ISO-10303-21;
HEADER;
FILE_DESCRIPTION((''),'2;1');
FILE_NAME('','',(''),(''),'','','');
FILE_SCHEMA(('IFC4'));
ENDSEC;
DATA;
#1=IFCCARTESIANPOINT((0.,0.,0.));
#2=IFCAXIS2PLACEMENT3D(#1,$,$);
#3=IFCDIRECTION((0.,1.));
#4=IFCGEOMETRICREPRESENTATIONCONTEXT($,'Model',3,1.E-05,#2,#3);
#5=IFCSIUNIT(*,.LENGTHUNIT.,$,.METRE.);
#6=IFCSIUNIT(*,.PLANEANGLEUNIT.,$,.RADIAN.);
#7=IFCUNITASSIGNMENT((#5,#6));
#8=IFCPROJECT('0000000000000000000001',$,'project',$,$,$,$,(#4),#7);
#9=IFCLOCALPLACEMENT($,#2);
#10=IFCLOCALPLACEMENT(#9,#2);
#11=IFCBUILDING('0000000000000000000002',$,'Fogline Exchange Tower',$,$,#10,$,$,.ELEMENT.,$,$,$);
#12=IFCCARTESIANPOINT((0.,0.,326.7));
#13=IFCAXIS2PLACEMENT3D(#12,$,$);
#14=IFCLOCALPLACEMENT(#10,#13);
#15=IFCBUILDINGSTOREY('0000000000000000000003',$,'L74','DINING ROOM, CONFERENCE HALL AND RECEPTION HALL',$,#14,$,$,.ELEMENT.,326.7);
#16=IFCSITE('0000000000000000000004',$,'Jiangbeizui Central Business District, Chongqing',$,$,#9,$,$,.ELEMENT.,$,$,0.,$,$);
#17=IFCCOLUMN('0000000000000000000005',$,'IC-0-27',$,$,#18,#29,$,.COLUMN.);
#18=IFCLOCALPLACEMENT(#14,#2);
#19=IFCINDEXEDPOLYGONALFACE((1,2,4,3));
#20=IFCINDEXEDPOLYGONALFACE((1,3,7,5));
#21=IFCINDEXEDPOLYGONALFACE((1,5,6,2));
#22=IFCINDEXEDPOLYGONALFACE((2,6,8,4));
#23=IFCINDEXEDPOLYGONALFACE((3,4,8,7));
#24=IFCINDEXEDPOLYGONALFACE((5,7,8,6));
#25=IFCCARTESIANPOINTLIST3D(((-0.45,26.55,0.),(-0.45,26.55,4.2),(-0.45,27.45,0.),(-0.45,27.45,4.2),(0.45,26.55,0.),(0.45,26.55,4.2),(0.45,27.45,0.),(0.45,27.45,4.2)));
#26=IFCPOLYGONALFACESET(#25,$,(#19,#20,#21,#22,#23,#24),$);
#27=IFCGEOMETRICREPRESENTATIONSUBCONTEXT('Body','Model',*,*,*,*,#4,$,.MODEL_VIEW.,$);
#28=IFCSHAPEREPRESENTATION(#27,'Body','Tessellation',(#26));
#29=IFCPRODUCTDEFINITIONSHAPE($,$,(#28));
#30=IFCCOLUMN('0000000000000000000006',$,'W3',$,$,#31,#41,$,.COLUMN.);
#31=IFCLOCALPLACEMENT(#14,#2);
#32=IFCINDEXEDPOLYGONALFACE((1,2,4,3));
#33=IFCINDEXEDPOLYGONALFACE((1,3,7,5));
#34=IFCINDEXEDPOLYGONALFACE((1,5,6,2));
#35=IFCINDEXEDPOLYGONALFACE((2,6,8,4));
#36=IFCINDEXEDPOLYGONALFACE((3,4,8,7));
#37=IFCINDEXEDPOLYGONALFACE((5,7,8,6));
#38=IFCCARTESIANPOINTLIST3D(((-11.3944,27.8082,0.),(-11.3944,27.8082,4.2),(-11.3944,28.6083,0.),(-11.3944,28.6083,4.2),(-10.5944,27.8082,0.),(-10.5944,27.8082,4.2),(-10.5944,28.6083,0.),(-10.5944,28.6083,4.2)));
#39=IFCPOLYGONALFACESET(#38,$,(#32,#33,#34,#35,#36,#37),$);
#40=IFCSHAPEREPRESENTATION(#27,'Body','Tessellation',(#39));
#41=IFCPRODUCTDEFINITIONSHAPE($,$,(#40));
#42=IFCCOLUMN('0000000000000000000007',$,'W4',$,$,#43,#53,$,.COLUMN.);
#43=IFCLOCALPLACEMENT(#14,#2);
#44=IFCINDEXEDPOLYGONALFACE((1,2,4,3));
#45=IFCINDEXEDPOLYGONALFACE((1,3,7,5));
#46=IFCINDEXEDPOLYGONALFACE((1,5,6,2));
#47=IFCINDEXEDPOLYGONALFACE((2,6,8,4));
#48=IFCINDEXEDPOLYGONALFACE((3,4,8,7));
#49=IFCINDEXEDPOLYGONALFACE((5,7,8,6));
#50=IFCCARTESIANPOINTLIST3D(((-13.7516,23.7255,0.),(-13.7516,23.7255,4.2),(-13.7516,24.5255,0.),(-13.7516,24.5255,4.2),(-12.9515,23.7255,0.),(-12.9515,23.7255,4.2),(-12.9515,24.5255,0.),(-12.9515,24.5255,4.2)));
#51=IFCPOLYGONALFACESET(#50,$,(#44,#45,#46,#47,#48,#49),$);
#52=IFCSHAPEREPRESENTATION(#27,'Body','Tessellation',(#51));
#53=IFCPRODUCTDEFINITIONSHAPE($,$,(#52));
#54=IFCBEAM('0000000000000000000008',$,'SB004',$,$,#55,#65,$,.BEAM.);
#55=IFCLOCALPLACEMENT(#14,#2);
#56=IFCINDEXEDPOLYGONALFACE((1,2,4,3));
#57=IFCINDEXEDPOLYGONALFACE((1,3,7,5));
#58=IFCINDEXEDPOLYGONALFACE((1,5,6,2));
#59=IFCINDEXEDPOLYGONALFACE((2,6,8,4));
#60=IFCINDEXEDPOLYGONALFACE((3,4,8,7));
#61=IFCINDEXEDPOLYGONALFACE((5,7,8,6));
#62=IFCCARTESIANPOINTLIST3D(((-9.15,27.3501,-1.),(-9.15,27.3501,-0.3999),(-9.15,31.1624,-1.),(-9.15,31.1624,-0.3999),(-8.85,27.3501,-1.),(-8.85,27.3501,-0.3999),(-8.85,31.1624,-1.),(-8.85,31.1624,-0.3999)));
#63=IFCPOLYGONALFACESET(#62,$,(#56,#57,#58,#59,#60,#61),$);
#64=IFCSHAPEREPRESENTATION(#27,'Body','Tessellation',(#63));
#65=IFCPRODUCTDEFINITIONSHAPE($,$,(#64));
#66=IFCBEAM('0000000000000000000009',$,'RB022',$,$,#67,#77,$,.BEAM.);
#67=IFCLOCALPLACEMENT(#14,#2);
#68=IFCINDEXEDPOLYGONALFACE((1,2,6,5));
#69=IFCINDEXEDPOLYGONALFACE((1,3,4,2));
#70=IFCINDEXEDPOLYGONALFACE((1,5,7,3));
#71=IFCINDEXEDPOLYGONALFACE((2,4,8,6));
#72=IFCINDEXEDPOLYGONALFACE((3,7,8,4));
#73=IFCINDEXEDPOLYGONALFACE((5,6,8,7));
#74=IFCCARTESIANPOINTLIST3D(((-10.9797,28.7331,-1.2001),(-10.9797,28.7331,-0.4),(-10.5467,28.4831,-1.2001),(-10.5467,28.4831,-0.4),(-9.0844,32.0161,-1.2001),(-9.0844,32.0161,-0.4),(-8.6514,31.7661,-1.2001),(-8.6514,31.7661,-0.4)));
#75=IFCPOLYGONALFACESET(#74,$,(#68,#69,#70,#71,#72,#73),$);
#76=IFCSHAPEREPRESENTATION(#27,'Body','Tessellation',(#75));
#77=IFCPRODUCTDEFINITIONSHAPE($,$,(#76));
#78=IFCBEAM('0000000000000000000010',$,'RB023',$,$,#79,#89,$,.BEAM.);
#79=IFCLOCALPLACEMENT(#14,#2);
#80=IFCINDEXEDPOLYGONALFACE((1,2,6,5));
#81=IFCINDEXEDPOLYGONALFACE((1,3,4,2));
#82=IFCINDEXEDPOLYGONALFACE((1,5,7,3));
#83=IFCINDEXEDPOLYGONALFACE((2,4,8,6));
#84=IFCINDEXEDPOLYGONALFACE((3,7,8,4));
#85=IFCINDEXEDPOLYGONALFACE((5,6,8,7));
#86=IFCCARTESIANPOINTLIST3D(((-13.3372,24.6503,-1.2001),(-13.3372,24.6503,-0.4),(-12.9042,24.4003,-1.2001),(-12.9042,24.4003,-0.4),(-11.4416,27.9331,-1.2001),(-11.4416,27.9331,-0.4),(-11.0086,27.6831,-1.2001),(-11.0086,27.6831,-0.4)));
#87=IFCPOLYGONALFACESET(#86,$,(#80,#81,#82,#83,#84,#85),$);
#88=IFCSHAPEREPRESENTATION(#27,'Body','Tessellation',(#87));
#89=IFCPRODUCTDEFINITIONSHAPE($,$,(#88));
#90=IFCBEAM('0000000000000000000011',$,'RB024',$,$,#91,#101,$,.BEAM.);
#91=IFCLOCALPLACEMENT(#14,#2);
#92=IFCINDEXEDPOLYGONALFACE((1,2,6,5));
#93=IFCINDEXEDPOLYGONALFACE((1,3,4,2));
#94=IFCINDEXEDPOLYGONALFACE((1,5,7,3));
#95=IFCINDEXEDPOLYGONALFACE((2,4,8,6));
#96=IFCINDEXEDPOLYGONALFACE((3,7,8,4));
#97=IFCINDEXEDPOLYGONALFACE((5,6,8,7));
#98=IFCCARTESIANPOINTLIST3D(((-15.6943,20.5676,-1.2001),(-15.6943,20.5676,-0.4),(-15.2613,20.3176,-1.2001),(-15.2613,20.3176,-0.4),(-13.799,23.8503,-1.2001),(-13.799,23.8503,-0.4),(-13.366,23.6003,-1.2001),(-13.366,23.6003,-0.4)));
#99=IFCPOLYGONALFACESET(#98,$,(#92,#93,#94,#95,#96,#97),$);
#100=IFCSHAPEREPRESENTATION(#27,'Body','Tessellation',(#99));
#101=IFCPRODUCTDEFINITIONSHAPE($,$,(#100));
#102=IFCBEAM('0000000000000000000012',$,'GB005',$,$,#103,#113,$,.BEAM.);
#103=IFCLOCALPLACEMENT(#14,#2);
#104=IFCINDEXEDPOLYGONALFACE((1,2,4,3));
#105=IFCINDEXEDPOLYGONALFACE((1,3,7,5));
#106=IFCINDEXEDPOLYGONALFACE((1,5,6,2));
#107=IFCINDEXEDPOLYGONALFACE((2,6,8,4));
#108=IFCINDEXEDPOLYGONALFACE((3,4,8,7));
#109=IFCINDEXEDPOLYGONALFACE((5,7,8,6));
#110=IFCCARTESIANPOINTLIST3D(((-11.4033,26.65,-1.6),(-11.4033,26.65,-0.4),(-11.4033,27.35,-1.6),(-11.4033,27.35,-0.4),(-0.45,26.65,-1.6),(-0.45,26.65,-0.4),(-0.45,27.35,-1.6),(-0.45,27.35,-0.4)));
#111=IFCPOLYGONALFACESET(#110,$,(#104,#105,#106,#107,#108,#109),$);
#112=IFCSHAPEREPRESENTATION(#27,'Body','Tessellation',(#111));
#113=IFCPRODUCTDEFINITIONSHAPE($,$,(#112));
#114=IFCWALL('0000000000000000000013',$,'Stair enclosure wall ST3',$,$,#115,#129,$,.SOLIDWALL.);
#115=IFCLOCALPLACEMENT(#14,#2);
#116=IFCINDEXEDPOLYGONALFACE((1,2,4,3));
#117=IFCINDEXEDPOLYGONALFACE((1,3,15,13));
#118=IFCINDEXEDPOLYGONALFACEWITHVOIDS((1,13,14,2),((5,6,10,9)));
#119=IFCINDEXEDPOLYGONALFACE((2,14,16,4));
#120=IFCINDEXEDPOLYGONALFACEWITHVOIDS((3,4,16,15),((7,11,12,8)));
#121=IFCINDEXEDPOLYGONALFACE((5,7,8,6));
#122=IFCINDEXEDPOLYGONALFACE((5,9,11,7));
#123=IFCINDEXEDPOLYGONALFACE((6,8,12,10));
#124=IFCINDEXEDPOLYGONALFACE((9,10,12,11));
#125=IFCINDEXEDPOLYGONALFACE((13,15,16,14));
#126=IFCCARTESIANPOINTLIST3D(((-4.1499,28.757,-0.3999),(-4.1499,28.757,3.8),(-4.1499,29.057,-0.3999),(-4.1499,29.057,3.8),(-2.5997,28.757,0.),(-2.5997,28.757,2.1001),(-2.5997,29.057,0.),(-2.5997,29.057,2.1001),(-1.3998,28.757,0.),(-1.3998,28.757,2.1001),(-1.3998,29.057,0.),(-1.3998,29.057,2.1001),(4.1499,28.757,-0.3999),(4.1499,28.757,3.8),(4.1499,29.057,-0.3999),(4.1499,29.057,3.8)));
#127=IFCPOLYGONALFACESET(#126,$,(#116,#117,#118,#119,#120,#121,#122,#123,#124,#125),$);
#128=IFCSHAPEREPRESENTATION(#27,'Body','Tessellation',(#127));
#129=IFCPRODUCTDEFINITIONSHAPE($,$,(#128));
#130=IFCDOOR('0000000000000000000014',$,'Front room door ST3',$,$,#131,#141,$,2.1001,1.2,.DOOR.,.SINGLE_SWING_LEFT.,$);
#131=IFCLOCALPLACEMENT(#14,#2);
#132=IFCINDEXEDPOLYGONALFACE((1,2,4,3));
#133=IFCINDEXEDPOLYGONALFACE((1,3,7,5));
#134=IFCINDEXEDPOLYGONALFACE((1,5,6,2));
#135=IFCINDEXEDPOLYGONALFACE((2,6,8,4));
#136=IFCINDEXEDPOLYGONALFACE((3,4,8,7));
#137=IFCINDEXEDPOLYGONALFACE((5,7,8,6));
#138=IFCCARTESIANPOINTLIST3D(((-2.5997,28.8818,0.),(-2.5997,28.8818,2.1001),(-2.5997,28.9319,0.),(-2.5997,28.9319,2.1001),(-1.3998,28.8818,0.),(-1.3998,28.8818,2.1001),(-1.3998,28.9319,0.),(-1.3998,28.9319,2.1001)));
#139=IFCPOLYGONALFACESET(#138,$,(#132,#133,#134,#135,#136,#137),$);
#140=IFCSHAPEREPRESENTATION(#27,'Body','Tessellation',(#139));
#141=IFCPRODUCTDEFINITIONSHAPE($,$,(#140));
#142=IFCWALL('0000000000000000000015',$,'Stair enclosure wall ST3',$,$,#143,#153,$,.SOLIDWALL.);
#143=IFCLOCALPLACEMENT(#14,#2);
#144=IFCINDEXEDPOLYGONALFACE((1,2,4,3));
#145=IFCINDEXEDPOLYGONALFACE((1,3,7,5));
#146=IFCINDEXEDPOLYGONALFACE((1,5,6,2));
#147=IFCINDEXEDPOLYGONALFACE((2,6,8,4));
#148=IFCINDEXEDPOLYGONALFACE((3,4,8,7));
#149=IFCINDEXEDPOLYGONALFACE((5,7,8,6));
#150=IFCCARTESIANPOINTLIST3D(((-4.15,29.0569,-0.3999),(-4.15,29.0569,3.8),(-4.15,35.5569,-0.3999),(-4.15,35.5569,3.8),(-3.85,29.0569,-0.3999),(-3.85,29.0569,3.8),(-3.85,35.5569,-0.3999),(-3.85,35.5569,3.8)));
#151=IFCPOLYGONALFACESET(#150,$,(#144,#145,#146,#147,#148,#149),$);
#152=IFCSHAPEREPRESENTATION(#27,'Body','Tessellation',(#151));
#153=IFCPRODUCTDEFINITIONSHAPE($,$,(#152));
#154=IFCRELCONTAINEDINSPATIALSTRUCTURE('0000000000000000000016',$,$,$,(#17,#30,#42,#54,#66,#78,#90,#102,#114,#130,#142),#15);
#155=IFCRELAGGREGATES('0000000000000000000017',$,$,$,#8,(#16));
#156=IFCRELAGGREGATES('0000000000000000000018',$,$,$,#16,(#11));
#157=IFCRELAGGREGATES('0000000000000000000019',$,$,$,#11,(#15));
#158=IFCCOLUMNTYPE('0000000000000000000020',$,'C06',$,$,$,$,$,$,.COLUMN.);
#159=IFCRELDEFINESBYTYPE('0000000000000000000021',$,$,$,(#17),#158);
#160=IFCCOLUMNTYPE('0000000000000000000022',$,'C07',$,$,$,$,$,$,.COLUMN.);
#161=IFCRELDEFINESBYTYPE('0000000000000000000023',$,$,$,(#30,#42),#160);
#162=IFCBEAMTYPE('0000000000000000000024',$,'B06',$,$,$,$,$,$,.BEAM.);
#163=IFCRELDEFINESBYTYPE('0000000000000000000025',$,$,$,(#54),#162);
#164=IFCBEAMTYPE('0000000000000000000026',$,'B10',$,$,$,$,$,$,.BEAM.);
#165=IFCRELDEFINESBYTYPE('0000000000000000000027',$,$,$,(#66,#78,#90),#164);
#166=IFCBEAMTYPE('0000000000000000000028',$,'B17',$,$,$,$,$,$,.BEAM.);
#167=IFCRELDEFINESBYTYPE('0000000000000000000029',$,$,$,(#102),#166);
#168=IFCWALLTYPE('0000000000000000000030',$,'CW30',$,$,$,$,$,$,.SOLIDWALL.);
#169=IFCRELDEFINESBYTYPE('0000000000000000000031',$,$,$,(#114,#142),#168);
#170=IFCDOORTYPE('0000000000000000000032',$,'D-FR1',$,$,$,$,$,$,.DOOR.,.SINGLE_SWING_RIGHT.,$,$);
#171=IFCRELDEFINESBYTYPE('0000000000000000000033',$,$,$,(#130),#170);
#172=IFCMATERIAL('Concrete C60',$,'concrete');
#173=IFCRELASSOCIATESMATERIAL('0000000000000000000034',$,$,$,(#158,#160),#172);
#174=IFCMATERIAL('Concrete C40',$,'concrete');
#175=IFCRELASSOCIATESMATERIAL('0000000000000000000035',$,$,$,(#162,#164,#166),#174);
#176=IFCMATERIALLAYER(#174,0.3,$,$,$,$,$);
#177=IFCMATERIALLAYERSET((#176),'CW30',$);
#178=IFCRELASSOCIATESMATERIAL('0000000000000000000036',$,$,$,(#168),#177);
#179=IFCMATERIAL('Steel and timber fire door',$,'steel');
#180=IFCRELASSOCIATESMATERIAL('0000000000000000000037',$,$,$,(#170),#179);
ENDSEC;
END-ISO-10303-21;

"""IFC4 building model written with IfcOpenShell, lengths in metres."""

from ifc_helpers import new_model, si_unit, direction, frame, frame_2d, origin, origin_2d, place, context, subcontext, project, spatial, rectangle, extrude, material, layer, layer_set, material_profile, profile_set, type_object, element, fill, save


model = new_model("IFC4")

# Units and contexts
model_context = context("Model", 3, precision=1e-05, world=origin(), true_north=direction((0.0, 1.0)))
body_context = subcontext(model_context, "Body", "Model", "MODEL_VIEW")
ifc_project = project(units=[si_unit("LENGTHUNIT", "METRE"), si_unit("PLANEANGLEUNIT", "RADIAN")], contexts=[model_context])

# Site, building, storey
site_placement = place(None, origin())
site = spatial("IfcSite", under=ifc_project, at=site_placement, Name="Jiangbeizui Central Business District, Chongqing", CompositionType="ELEMENT", RefElevation=0.0)
building_placement = place(site_placement, origin())
building = spatial("IfcBuilding", under=site, at=building_placement, Name="Fogline Exchange Tower", CompositionType="ELEMENT")
storey_placement = place(building_placement, frame((0.0, 0.0, 326.7)))
storey = spatial("IfcBuildingStorey", under=building, at=storey_placement, Name="L74", Description="DINING ROOM, CONFERENCE HALL AND RECEPTION HALL", CompositionType="ELEMENT", Elevation=326.7)

# Columns
ifc_material_1 = material(Name="Concrete C60", Category="concrete")
ifc_material_profile_1 = material_profile(ifc_material_1, rectangle(XDim=0.8999, YDim=0.8999, at=origin_2d()), Name="RC 900x900")
ifc_profile_set_1 = profile_set([ifc_material_profile_1], Name="Concrete C60")
column_type_1 = type_object("IfcColumnType", Name="C06", PredefinedType="COLUMN", material=ifc_profile_set_1)
column_placement = place(storey_placement, frame((0.0, 27.0, 0.0), z_axis=(0.0, 0.0, 1.0), x_axis=(1.0, 0.0, 0.0)))
element("IfcColumn", 1, at=column_placement, inside=storey, type_object=column_type_1, Name="IC-0-27", PredefinedType="COLUMN", context=body_context, shape_type="SweptSolid", body=[
    extrude(rectangle(XDim=0.8999, YDim=0.8999, at=origin_2d()), origin(), (0.0, 0.0, 1.0), 4.2),
])
ifc_material_profile_2 = material_profile(ifc_material_1, rectangle(XDim=0.8, YDim=0.8, at=origin_2d()), Name="RC 800x800")
ifc_profile_set_2 = profile_set([ifc_material_profile_2], Name="Concrete C60")
column_type_2 = type_object("IfcColumnType", Name="C07", PredefinedType="COLUMN", material=ifc_profile_set_2)
for number, where, z_axis, x_axis, name in (
    (2, (-10.9944, 28.2083, 0.0), (0.0, 0.0, 1.0), (1.0, 0.0, 0.0), "W3"),
    (3, (-13.3516, 24.1255, 0.0), (0.0, 0.0, 1.0), (1.0, 0.0, 0.0), "W4"),
):
    element("IfcColumn", number, at=place(storey_placement, frame(where, z_axis=z_axis, x_axis=x_axis)), inside=storey, type_object=column_type_2, Name=name, PredefinedType="COLUMN", context=body_context, shape_type="SweptSolid", body=[
        extrude(rectangle(XDim=0.8, YDim=0.8, at=origin_2d()), origin(), (0.0, 0.0, 1.0), 4.2),
    ])

# Beams
ifc_material_2 = material(Name="Concrete C40", Category="concrete")
ifc_material_profile_3 = material_profile(ifc_material_2, rectangle(XDim=0.3, YDim=0.6001, at=origin_2d()), Name="RC 300x600")
ifc_profile_set_3 = profile_set([ifc_material_profile_3], Name="Concrete C40")
beam_type_1 = type_object("IfcBeamType", Name="B06", PredefinedType="BEAM", material=ifc_profile_set_3)
beam_1_placement = place(storey_placement, frame((-9.0, 27.3501, -0.7), z_axis=(0.0, 1.0, 0.0), x_axis=(-1.0, 0.0, 0.0)))
element("IfcBeam", 4, at=beam_1_placement, inside=storey, type_object=beam_type_1, Name="SB004", PredefinedType="BEAM", context=body_context, shape_type="SweptSolid", body=[
    extrude(rectangle(XDim=0.3, YDim=0.6001, at=origin_2d()), origin(), (0.0, 0.0, 1.0), 3.8123),
])
ifc_material_profile_4 = material_profile(ifc_material_2, rectangle(XDim=0.5, YDim=0.8, at=origin_2d()), Name="RC 500x800")
ifc_profile_set_4 = profile_set([ifc_material_profile_4], Name="Concrete C40")
beam_type_2 = type_object("IfcBeamType", Name="B10", PredefinedType="BEAM", material=ifc_profile_set_4)
for number, where, z_axis, x_axis, name in (
    (5, (-8.8679, 31.8911, -0.8), (-0.49997, -0.866043, 0.0), (0.866043, -0.49997, 0.0), "RB022"),
    (6, (-11.2251, 27.8081, -0.8), (-0.500046, -0.865999, 0.0), (0.865999, -0.500046, 0.0), "RB023"),
):
    element("IfcBeam", number, at=place(storey_placement, frame(where, z_axis=z_axis, x_axis=x_axis)), inside=storey, type_object=beam_type_2, Name=name, PredefinedType="BEAM", context=body_context, shape_type="SweptSolid", body=[
        extrude(rectangle(XDim=0.5, YDim=0.8, at=origin_2d()), origin(), (0.0, 0.0, 1.0), 3.7908),
    ])
beam_2_placement = place(storey_placement, frame((-13.5825, 23.7253, -0.8), z_axis=(-0.499998, -0.866027, 0.0), x_axis=(0.866027, -0.499998, 0.0)))
element("IfcBeam", 7, at=beam_2_placement, inside=storey, type_object=beam_type_2, Name="RB024", PredefinedType="BEAM", context=body_context, shape_type="SweptSolid", body=[
    extrude(rectangle(XDim=0.5, YDim=0.8, at=origin_2d()), origin(), (0.0, 0.0, 1.0), 3.7905),
])
ifc_material_profile_5 = material_profile(ifc_material_2, rectangle(XDim=0.7, YDim=1.2, at=origin_2d()), Name="RC 700x1200")
ifc_profile_set_5 = profile_set([ifc_material_profile_5], Name="Concrete C40")
beam_type_3 = type_object("IfcBeamType", Name="B17", PredefinedType="BEAM", material=ifc_profile_set_5)
beam_3_placement = place(storey_placement, frame((-11.4033, 27.0, -1.0), z_axis=(1.0, 0.0, 0.0), x_axis=(0.0, 1.0, 0.0)))
element("IfcBeam", 8, at=beam_3_placement, inside=storey, type_object=beam_type_3, Name="GB005", PredefinedType="BEAM", context=body_context, shape_type="SweptSolid", body=[
    extrude(rectangle(XDim=0.7, YDim=1.2, at=origin_2d()), origin(), (0.0, 0.0, 1.0), 10.9534),
])

# Wall, opening, door
ifc_layer_1 = layer(ifc_material_2, 0.3)
ifc_layer_set_1 = layer_set([ifc_layer_1], Name="CW30")
wall_type_1 = type_object("IfcWallType", Name="CW30", PredefinedType="SOLIDWALL", material=ifc_layer_set_1)
wall_1_placement = place(storey_placement, frame((-4.1499, 28.907, -0.3999), z_axis=(0.0, 0.0, 1.0), x_axis=(1.0, 0.0, 0.0)))
wall_1 = element("IfcWall", 9, at=wall_1_placement, inside=storey, type_object=wall_type_1, Name="Stair enclosure wall ST3", PredefinedType="SOLIDWALL", context=body_context, shape_type="SweptSolid", body=[
    extrude(rectangle(XDim=8.2998, YDim=0.3, at=frame_2d((4.1499, 0.0))), origin(), (0.0, 0.0, 1.0), 4.2),
])
opening_1_placement = place(wall_1_placement, frame((1.55, 0.0, 0.3999)))
opening_1 = element("IfcOpeningElement", 10, at=opening_1_placement, cuts=wall_1, PredefinedType="OPENING", context=body_context, shape_type="SweptSolid", body=[
    extrude(rectangle(XDim=1.2, YDim=2.1001, at=frame_2d((0.6001, 1.05))), frame((0.0, 0.1602, 0.0), z_axis=(0.0, -1.0, 0.0), x_axis=(1.0, 0.0, 0.0)), (0.0, 0.0, 1.0), 0.3201),
])
ifc_material_3 = material(Name="Steel and timber fire door", Category="steel")
door_type_1 = type_object("IfcDoorType", Name="D-FR1", OperationType="SINGLE_SWING_RIGHT", PredefinedType="DOOR", material=ifc_material_3)
door_1_placement = place(opening_1_placement, origin())
door_1 = element("IfcDoor", 11, at=door_1_placement, inside=storey, type_object=door_type_1, Name="Front room door ST3", OperationType="SINGLE_SWING_LEFT", OverallHeight=2.1001, OverallWidth=1.2, PredefinedType="DOOR", context=body_context, shape_type="SweptSolid", body=[
    extrude(rectangle(XDim=1.2, YDim=2.1001, at=frame_2d((0.6001, 1.05))), frame((0.0, 0.0249, 0.0), z_axis=(0.0, -1.0, 0.0), x_axis=(1.0, 0.0, 0.0)), (0.0, 0.0, 1.0), 0.05),
])
fill(opening_1, door_1)

# Wall
wall_2_placement = place(storey_placement, frame((-4.0, 29.0569, -0.3999), z_axis=(0.0, 0.0, 1.0), x_axis=(0.0, 1.0, 0.0)))
element("IfcWall", 12, at=wall_2_placement, inside=storey, type_object=wall_type_1, Name="Stair enclosure wall ST3", PredefinedType="SOLIDWALL", context=body_context, shape_type="SweptSolid", body=[
    extrude(rectangle(XDim=6.5, YDim=0.3, at=frame_2d((3.25, 0.0))), origin(), (0.0, 0.0, 1.0), 4.2),
])

save(model, "model.ifc")
